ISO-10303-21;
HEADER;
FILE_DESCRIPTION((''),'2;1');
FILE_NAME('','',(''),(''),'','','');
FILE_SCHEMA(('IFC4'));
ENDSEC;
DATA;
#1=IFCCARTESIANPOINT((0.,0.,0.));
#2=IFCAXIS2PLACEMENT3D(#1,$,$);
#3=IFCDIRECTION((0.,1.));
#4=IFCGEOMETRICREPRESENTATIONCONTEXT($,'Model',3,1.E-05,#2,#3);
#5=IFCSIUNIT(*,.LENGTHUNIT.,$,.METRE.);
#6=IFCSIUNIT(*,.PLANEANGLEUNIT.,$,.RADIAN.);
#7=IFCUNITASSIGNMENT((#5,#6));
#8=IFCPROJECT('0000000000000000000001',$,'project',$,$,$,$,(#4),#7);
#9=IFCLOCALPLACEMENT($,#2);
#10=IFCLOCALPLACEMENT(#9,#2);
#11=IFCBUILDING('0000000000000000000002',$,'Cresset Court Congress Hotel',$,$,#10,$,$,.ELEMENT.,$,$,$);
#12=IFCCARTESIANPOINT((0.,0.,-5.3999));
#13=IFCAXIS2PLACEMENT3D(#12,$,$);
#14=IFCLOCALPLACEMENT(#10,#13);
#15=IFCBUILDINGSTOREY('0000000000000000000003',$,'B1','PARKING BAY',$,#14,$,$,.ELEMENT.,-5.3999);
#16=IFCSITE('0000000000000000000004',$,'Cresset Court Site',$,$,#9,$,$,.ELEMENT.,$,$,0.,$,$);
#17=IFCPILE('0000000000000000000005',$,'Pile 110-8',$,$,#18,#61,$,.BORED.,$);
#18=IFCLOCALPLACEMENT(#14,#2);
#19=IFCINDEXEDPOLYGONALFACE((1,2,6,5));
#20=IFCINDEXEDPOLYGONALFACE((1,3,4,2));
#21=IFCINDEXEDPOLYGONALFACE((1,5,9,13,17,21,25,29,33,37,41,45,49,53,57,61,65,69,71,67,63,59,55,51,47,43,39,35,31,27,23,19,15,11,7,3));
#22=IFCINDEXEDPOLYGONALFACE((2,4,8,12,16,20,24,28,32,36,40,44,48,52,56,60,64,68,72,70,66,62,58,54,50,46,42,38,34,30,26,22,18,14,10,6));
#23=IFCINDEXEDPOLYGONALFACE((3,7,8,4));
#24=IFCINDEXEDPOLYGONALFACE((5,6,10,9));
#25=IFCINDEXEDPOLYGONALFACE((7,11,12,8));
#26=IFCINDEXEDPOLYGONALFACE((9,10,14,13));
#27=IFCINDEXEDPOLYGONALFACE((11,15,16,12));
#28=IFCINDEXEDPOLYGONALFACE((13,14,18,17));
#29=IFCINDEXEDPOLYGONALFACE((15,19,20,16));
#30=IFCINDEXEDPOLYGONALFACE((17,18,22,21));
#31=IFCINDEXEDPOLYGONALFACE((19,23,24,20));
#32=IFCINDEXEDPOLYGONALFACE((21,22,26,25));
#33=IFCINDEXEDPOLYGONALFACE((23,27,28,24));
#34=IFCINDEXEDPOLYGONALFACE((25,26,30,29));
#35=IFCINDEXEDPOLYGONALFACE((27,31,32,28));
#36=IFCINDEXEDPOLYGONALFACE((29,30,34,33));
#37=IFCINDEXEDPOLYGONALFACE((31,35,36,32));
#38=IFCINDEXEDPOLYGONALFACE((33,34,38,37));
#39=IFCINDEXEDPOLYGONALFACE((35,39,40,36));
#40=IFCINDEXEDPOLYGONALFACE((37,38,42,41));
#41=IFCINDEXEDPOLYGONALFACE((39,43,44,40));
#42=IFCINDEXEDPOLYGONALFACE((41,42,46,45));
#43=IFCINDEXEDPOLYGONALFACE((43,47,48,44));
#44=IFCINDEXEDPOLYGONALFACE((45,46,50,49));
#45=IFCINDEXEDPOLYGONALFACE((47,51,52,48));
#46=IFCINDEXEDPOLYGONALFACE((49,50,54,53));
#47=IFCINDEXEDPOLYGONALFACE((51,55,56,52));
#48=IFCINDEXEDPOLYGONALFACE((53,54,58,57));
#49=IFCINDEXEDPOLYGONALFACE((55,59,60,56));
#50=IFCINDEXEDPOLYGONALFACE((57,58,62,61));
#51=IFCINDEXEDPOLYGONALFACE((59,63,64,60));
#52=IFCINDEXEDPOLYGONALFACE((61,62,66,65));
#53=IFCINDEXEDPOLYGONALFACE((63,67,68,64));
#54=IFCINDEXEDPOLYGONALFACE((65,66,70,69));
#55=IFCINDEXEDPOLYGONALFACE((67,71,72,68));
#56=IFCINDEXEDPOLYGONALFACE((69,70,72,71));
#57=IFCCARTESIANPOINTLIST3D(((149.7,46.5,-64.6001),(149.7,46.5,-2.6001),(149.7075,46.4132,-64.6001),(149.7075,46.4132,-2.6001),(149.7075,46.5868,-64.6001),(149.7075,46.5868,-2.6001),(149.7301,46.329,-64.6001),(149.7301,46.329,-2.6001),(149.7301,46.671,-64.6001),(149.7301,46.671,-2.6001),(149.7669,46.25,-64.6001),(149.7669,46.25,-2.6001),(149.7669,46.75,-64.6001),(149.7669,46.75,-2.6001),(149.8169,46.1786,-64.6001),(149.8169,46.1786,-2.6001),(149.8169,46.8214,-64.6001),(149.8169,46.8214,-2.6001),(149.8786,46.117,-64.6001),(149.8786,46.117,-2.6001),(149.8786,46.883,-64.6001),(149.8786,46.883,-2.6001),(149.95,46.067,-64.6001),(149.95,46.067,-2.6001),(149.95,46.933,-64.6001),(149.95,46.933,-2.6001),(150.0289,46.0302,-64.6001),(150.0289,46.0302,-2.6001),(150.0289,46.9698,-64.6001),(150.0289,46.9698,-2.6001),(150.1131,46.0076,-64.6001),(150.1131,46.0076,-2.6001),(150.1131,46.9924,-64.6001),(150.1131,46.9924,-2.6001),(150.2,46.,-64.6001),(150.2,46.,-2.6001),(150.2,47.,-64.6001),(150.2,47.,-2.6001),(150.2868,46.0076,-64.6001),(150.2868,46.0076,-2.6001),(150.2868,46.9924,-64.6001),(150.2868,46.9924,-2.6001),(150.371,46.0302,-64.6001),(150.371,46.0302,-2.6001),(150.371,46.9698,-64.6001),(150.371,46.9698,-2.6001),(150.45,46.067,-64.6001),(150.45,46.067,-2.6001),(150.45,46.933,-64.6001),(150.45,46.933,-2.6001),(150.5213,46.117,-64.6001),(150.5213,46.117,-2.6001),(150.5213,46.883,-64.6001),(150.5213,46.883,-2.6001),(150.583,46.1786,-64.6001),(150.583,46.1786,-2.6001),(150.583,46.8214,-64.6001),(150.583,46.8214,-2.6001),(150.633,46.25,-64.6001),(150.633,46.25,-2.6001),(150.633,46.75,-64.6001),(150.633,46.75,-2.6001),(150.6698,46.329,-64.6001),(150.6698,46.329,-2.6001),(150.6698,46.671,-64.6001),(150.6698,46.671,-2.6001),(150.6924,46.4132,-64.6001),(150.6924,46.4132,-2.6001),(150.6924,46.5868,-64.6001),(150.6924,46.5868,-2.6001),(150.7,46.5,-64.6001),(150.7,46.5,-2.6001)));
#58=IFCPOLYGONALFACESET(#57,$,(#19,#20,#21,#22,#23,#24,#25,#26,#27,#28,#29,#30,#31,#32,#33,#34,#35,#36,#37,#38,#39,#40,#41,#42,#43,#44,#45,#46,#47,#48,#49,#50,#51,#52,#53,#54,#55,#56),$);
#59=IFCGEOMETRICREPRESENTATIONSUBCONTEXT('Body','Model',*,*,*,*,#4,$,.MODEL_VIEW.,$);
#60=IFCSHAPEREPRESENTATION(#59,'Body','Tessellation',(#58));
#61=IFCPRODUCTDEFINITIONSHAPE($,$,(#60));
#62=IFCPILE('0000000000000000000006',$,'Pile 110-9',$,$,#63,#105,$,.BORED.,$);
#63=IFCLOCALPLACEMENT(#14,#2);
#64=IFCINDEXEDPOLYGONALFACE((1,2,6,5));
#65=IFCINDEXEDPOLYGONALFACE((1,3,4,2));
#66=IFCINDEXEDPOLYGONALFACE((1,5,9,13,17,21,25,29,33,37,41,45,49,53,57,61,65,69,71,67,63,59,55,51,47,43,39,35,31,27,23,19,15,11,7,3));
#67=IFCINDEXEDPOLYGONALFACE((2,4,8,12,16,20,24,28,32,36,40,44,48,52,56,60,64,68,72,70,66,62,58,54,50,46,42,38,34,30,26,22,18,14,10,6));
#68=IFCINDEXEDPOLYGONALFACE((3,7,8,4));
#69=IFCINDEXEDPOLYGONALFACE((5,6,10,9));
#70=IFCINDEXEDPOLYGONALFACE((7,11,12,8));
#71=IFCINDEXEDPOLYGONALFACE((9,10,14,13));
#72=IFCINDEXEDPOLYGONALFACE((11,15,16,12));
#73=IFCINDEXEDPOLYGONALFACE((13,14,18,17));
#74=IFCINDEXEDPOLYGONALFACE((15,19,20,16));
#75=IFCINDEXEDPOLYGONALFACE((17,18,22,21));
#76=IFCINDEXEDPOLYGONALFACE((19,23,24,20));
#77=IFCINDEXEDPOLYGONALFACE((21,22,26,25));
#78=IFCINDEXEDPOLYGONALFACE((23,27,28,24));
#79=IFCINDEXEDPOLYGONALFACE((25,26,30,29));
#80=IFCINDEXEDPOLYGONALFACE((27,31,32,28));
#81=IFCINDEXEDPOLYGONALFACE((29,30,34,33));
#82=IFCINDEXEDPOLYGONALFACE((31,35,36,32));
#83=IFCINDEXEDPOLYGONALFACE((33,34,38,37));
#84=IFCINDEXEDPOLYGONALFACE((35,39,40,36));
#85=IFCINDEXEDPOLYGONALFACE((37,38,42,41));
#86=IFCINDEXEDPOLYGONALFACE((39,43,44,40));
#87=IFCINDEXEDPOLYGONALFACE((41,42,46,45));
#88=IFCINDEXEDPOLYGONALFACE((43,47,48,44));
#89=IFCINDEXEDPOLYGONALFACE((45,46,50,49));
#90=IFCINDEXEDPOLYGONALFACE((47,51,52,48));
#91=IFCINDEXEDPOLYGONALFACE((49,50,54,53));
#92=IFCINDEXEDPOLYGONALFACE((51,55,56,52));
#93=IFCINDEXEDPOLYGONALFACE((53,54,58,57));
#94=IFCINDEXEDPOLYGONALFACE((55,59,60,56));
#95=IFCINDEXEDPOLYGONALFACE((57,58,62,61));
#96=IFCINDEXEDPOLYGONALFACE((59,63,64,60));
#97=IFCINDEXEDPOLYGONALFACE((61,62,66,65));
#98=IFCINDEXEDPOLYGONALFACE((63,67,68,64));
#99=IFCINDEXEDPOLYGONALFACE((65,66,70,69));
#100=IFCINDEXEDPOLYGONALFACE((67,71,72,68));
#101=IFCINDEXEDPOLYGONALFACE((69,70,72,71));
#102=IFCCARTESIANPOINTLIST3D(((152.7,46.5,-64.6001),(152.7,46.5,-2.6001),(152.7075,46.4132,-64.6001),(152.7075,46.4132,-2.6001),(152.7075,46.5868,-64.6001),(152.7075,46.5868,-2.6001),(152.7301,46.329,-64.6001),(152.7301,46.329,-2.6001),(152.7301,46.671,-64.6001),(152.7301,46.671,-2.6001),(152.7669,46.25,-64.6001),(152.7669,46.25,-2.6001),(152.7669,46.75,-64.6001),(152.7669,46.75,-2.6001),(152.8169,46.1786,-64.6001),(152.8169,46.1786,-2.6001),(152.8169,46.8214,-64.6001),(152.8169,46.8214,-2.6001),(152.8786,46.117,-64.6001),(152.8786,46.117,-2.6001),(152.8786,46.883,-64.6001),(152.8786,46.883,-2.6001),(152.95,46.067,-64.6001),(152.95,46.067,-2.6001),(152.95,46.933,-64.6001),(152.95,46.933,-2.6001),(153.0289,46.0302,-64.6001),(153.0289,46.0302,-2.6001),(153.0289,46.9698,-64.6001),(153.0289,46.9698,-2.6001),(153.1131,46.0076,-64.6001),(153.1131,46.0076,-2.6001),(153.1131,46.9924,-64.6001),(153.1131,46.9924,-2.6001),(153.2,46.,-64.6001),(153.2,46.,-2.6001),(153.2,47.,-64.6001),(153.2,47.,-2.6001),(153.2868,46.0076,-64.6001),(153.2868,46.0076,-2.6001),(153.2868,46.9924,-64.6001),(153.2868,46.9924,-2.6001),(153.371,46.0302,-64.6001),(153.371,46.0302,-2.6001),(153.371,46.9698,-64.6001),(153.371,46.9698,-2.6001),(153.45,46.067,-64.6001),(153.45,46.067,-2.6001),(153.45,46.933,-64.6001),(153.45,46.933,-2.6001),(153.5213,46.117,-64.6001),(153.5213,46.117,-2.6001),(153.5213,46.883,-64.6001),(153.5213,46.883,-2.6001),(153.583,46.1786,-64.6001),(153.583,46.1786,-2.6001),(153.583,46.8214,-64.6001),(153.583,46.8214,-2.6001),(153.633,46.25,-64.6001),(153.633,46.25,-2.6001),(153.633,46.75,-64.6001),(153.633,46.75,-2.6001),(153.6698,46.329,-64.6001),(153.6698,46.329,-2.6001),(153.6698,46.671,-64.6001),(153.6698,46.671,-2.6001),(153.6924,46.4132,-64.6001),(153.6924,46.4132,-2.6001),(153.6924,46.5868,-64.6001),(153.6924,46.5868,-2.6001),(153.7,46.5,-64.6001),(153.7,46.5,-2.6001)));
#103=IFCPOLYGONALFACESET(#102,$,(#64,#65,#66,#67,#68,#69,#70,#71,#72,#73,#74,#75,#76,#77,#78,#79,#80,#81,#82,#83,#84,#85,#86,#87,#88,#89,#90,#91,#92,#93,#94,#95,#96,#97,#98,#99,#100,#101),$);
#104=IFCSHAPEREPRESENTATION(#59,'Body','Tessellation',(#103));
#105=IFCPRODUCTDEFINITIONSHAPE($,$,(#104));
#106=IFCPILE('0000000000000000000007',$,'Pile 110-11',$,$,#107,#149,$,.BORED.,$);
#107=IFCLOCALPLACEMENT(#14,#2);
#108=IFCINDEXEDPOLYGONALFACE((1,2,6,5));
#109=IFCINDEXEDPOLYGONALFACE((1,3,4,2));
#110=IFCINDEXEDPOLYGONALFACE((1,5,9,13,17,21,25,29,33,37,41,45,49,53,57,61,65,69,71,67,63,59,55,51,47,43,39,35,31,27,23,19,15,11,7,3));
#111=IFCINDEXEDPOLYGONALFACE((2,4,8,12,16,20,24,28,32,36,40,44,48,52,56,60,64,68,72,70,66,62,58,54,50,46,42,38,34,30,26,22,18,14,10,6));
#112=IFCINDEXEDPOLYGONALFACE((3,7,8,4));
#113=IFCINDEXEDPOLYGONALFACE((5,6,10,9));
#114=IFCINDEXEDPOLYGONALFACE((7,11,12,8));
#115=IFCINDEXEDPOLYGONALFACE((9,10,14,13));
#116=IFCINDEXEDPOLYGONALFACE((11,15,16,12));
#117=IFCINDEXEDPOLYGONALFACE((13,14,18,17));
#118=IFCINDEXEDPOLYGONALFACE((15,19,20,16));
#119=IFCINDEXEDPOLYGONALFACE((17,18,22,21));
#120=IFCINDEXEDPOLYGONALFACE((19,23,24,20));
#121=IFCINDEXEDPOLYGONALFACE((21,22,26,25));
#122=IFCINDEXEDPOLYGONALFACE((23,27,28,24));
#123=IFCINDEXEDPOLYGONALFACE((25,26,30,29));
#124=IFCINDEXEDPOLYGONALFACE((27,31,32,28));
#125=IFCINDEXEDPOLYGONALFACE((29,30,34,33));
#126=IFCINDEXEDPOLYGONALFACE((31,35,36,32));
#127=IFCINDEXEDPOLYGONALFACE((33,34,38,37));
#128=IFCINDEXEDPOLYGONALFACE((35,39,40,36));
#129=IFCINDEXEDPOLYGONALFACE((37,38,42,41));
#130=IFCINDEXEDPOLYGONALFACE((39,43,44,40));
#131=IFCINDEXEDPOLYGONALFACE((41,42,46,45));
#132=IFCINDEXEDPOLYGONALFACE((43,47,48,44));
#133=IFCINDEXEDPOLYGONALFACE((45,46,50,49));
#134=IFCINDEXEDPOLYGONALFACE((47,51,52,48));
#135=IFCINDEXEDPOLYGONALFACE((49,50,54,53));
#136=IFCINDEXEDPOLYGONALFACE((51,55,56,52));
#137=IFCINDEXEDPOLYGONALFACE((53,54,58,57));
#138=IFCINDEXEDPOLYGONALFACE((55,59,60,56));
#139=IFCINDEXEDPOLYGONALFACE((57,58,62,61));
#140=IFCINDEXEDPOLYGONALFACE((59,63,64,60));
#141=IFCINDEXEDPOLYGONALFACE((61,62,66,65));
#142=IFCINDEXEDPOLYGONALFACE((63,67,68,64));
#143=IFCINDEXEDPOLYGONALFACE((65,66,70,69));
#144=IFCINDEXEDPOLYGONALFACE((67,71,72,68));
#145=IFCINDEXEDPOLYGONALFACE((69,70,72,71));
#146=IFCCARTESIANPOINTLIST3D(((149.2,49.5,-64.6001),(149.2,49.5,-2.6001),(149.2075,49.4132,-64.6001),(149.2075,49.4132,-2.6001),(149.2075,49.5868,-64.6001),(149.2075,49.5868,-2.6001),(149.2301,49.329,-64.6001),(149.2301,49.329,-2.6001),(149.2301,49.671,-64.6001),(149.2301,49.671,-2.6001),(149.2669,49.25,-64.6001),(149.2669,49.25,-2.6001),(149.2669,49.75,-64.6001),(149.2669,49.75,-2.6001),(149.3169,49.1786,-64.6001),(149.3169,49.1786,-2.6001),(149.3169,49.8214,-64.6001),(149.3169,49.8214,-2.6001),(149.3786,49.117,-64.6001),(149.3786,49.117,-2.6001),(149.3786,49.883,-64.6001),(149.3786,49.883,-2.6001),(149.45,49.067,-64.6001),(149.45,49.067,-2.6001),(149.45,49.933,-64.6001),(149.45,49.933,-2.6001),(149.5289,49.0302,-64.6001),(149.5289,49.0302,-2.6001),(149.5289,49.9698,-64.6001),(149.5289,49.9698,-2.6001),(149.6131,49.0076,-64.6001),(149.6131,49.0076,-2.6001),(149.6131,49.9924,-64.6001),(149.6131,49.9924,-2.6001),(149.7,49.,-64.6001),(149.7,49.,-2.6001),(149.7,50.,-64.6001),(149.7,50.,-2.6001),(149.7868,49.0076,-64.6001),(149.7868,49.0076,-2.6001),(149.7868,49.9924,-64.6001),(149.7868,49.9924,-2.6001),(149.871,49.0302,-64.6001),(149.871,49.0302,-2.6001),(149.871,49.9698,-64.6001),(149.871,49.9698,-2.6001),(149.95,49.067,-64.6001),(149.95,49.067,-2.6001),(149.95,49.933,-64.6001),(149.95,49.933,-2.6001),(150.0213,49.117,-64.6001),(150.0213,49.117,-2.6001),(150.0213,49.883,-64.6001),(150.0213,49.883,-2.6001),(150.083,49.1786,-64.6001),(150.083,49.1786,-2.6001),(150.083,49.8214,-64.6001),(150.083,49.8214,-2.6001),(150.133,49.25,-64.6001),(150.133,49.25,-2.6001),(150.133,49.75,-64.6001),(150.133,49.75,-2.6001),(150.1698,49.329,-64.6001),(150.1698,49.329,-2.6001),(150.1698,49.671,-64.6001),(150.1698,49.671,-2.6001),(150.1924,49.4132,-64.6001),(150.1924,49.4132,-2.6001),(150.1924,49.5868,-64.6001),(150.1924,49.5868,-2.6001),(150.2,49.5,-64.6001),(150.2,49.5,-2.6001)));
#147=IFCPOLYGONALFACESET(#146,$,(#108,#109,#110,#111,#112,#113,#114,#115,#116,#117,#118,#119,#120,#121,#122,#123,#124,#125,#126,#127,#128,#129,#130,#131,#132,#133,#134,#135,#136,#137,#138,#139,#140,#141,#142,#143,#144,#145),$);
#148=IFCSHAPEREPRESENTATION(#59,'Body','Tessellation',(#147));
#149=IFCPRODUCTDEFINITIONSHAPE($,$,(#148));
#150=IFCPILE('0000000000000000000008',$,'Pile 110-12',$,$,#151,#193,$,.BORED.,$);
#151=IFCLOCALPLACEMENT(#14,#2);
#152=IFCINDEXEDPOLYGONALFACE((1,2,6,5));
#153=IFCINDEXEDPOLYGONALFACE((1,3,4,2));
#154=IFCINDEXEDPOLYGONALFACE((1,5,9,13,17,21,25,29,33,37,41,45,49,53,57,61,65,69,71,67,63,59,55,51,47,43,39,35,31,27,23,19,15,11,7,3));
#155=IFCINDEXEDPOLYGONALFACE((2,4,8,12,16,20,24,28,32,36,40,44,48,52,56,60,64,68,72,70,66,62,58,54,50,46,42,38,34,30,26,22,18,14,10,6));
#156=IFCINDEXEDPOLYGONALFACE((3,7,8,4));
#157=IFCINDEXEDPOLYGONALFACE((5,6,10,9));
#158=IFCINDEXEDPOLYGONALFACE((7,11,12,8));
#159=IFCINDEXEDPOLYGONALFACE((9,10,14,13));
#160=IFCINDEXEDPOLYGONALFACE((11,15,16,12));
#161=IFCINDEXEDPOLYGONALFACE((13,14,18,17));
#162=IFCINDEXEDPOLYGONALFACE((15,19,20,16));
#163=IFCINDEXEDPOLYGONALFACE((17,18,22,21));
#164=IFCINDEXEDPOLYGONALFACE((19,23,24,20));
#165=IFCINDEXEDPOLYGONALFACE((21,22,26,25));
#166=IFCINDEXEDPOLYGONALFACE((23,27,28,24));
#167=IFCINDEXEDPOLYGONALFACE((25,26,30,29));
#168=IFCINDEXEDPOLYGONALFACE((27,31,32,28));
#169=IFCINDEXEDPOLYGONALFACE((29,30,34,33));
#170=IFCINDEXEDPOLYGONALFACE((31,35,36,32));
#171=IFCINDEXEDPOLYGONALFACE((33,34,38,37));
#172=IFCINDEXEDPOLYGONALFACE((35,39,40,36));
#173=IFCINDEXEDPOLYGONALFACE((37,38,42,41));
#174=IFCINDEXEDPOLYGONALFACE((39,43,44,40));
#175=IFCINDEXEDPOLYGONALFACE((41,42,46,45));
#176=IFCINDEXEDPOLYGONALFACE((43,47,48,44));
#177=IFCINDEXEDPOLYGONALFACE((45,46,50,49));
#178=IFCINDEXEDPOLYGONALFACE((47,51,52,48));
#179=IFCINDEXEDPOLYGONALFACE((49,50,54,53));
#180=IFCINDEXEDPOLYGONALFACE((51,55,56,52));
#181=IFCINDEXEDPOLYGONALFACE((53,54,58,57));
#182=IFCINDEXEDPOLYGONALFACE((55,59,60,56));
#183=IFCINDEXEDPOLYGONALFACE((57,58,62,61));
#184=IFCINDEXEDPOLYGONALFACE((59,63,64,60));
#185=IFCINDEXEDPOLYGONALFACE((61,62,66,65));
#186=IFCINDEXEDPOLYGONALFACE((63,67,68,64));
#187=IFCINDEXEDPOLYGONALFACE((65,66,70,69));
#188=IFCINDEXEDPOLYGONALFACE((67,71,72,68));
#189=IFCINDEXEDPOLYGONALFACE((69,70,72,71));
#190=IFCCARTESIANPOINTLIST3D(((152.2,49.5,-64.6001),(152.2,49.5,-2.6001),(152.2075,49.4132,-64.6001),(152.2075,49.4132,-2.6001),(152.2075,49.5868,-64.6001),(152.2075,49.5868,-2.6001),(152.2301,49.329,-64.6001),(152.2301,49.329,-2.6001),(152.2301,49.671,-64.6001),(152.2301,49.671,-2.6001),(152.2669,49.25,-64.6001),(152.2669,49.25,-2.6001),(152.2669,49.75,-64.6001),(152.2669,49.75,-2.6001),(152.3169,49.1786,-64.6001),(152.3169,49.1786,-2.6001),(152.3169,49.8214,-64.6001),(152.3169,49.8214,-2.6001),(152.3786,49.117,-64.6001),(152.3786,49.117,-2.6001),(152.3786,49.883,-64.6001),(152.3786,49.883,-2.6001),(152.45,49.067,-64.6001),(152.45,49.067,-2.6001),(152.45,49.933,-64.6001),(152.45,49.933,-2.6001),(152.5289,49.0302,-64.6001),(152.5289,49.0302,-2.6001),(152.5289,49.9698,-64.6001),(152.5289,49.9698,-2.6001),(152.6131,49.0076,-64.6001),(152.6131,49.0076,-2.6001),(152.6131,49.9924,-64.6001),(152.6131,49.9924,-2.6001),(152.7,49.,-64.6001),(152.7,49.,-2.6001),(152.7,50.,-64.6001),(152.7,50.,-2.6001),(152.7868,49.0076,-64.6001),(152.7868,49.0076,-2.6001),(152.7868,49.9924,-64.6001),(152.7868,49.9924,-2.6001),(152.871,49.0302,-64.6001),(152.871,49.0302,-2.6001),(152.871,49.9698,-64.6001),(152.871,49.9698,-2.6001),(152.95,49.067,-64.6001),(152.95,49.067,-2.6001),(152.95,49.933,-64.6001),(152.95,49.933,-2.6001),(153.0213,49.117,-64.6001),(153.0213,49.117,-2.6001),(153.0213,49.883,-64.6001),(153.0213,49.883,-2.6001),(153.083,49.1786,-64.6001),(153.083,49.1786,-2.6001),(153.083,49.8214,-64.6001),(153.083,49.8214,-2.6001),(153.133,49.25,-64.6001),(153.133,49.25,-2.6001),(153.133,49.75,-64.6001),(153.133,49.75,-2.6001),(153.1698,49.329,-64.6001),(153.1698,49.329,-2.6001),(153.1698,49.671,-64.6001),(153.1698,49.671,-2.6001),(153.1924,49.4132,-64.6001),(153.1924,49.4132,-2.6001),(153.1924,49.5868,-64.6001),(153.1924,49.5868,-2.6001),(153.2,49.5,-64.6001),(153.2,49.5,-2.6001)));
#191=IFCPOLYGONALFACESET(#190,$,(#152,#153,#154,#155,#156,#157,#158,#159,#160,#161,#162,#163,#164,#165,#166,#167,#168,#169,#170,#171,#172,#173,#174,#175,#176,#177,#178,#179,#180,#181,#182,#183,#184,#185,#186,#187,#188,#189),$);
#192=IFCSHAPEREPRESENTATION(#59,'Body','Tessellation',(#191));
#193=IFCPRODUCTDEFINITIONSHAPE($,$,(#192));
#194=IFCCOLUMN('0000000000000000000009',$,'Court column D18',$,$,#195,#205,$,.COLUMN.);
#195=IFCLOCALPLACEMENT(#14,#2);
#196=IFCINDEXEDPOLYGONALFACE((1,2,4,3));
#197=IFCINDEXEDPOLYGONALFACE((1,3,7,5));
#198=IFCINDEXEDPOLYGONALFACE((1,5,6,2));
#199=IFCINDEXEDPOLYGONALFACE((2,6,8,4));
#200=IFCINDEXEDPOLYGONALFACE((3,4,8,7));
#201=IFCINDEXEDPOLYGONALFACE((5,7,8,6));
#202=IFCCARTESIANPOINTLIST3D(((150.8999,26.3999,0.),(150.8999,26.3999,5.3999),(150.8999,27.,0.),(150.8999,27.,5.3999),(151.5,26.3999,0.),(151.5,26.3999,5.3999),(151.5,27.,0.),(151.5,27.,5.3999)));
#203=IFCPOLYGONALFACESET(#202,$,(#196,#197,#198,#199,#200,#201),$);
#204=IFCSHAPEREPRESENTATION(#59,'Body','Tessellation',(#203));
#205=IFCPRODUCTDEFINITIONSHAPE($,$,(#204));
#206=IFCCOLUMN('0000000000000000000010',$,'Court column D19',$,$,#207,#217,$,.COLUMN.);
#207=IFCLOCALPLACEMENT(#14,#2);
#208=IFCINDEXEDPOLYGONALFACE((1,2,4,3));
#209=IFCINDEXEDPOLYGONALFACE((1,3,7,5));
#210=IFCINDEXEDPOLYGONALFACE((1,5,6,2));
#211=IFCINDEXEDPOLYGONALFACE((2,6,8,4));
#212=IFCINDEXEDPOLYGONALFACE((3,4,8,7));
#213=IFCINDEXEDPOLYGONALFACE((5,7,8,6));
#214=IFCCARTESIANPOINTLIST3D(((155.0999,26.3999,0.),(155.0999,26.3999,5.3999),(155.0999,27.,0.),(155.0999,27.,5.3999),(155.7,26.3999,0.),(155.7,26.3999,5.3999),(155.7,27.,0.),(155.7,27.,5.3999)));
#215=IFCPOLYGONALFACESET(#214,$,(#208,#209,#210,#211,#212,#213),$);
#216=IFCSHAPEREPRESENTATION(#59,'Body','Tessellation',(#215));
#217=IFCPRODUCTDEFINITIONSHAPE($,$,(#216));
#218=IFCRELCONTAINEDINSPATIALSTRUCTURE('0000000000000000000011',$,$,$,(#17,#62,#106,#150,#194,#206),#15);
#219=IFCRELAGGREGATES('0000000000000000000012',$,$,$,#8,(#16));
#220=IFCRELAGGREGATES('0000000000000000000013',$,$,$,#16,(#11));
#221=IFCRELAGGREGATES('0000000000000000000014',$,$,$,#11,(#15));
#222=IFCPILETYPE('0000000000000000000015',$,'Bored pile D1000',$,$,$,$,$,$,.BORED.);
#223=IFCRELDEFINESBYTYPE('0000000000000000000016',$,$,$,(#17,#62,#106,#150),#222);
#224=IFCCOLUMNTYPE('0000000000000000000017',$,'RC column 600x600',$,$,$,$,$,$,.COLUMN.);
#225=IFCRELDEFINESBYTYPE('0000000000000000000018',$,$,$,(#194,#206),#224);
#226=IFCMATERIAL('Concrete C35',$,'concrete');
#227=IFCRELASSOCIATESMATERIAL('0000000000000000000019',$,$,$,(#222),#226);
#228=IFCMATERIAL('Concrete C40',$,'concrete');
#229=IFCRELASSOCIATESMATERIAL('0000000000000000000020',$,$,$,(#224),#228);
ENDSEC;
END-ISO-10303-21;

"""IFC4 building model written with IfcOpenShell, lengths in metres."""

from ifc_helpers import new_model, si_unit, direction, frame, origin, origin_2d, place, context, subcontext, project, spatial, rectangle, circle, extrude, material, material_profile, profile_set, type_object, element, save


model = new_model("IFC4")

# Units and contexts
model_context = context("Model", 3, precision=1e-05, world=origin(), true_north=direction((0.0, 1.0)))
body_context = subcontext(model_context, "Body", "Model", "MODEL_VIEW")
ifc_project = project(units=[si_unit("LENGTHUNIT", "METRE"), si_unit("PLANEANGLEUNIT", "RADIAN")], contexts=[model_context])

# Site, building, storey
site_placement = place(None, origin())
site = spatial("IfcSite", under=ifc_project, at=site_placement, Name="Cresset Court Site", CompositionType="ELEMENT", RefElevation=0.0)
building_placement = place(site_placement, origin())
building = spatial("IfcBuilding", under=site, at=building_placement, Name="Cresset Court Congress Hotel", CompositionType="ELEMENT")
storey_placement = place(building_placement, frame((0.0, 0.0, -5.3999)))
storey = spatial("IfcBuildingStorey", under=building, at=storey_placement, Name="B1", Description="PARKING BAY", CompositionType="ELEMENT", Elevation=-5.3999)

# Piles
ifc_material_1 = material(Name="Concrete C35", Category="concrete")
pile_type = type_object("IfcPileType", Name="Bored pile D1000", PredefinedType="BORED", material=ifc_material_1)
for number, where, z_axis, x_axis, name in (
    (1, (150.2, 46.5, -2.6001), (0.0, 0.0, -1.0), (1.0, 0.0, 0.0), "Pile 110-8"),
    (2, (153.2, 46.5, -2.6001), (0.0, 0.0, -1.0), (1.0, 0.0, 0.0), "Pile 110-9"),
    (3, (149.7, 49.5, -2.6001), (0.0, 0.0, -1.0), (1.0, 0.0, 0.0), "Pile 110-11"),
    (4, (152.7, 49.5, -2.6001), (0.0, 0.0, -1.0), (1.0, 0.0, 0.0), "Pile 110-12"),
):
    element("IfcPile", number, at=place(storey_placement, frame(where, z_axis=z_axis, x_axis=x_axis)), inside=storey, type_object=pile_type, Name=name, PredefinedType="BORED", context=body_context, shape_type="SweptSolid", body=[
        extrude(circle(Radius=0.5, at=origin_2d()), origin(), (0.0, 0.0, 1.0), 62.0),
    ])

# Columns
ifc_material_2 = material(Name="Concrete C40", Category="concrete")
ifc_material_profile_1 = material_profile(ifc_material_2, rectangle(XDim=0.6001, YDim=0.6001, at=origin_2d()), Name="RC600x600")
ifc_profile_set_1 = profile_set([ifc_material_profile_1], Name="Concrete C40")
column_type_1 = type_object("IfcColumnType", Name="RC column 600x600", PredefinedType="COLUMN", material=ifc_profile_set_1)
for number, where, z_axis, x_axis, name in (
    (5, (151.2, 26.7, 0.0), (0.0, 0.0, 1.0), (1.0, 0.0, 0.0), "Court column D18"),
    (6, (155.3999, 26.7, 0.0), (0.0, 0.0, 1.0), (1.0, 0.0, 0.0), "Court column D19"),
):
    element("IfcColumn", number, at=place(storey_placement, frame(where, z_axis=z_axis, x_axis=x_axis)), inside=storey, type_object=column_type_1, Name=name, PredefinedType="COLUMN", context=body_context, shape_type="SweptSolid", body=[
        extrude(rectangle(XDim=0.6001, YDim=0.6001, at=origin_2d()), origin(), (0.0, 0.0, 1.0), 5.3999),
    ])

save(model, "model.ifc")
